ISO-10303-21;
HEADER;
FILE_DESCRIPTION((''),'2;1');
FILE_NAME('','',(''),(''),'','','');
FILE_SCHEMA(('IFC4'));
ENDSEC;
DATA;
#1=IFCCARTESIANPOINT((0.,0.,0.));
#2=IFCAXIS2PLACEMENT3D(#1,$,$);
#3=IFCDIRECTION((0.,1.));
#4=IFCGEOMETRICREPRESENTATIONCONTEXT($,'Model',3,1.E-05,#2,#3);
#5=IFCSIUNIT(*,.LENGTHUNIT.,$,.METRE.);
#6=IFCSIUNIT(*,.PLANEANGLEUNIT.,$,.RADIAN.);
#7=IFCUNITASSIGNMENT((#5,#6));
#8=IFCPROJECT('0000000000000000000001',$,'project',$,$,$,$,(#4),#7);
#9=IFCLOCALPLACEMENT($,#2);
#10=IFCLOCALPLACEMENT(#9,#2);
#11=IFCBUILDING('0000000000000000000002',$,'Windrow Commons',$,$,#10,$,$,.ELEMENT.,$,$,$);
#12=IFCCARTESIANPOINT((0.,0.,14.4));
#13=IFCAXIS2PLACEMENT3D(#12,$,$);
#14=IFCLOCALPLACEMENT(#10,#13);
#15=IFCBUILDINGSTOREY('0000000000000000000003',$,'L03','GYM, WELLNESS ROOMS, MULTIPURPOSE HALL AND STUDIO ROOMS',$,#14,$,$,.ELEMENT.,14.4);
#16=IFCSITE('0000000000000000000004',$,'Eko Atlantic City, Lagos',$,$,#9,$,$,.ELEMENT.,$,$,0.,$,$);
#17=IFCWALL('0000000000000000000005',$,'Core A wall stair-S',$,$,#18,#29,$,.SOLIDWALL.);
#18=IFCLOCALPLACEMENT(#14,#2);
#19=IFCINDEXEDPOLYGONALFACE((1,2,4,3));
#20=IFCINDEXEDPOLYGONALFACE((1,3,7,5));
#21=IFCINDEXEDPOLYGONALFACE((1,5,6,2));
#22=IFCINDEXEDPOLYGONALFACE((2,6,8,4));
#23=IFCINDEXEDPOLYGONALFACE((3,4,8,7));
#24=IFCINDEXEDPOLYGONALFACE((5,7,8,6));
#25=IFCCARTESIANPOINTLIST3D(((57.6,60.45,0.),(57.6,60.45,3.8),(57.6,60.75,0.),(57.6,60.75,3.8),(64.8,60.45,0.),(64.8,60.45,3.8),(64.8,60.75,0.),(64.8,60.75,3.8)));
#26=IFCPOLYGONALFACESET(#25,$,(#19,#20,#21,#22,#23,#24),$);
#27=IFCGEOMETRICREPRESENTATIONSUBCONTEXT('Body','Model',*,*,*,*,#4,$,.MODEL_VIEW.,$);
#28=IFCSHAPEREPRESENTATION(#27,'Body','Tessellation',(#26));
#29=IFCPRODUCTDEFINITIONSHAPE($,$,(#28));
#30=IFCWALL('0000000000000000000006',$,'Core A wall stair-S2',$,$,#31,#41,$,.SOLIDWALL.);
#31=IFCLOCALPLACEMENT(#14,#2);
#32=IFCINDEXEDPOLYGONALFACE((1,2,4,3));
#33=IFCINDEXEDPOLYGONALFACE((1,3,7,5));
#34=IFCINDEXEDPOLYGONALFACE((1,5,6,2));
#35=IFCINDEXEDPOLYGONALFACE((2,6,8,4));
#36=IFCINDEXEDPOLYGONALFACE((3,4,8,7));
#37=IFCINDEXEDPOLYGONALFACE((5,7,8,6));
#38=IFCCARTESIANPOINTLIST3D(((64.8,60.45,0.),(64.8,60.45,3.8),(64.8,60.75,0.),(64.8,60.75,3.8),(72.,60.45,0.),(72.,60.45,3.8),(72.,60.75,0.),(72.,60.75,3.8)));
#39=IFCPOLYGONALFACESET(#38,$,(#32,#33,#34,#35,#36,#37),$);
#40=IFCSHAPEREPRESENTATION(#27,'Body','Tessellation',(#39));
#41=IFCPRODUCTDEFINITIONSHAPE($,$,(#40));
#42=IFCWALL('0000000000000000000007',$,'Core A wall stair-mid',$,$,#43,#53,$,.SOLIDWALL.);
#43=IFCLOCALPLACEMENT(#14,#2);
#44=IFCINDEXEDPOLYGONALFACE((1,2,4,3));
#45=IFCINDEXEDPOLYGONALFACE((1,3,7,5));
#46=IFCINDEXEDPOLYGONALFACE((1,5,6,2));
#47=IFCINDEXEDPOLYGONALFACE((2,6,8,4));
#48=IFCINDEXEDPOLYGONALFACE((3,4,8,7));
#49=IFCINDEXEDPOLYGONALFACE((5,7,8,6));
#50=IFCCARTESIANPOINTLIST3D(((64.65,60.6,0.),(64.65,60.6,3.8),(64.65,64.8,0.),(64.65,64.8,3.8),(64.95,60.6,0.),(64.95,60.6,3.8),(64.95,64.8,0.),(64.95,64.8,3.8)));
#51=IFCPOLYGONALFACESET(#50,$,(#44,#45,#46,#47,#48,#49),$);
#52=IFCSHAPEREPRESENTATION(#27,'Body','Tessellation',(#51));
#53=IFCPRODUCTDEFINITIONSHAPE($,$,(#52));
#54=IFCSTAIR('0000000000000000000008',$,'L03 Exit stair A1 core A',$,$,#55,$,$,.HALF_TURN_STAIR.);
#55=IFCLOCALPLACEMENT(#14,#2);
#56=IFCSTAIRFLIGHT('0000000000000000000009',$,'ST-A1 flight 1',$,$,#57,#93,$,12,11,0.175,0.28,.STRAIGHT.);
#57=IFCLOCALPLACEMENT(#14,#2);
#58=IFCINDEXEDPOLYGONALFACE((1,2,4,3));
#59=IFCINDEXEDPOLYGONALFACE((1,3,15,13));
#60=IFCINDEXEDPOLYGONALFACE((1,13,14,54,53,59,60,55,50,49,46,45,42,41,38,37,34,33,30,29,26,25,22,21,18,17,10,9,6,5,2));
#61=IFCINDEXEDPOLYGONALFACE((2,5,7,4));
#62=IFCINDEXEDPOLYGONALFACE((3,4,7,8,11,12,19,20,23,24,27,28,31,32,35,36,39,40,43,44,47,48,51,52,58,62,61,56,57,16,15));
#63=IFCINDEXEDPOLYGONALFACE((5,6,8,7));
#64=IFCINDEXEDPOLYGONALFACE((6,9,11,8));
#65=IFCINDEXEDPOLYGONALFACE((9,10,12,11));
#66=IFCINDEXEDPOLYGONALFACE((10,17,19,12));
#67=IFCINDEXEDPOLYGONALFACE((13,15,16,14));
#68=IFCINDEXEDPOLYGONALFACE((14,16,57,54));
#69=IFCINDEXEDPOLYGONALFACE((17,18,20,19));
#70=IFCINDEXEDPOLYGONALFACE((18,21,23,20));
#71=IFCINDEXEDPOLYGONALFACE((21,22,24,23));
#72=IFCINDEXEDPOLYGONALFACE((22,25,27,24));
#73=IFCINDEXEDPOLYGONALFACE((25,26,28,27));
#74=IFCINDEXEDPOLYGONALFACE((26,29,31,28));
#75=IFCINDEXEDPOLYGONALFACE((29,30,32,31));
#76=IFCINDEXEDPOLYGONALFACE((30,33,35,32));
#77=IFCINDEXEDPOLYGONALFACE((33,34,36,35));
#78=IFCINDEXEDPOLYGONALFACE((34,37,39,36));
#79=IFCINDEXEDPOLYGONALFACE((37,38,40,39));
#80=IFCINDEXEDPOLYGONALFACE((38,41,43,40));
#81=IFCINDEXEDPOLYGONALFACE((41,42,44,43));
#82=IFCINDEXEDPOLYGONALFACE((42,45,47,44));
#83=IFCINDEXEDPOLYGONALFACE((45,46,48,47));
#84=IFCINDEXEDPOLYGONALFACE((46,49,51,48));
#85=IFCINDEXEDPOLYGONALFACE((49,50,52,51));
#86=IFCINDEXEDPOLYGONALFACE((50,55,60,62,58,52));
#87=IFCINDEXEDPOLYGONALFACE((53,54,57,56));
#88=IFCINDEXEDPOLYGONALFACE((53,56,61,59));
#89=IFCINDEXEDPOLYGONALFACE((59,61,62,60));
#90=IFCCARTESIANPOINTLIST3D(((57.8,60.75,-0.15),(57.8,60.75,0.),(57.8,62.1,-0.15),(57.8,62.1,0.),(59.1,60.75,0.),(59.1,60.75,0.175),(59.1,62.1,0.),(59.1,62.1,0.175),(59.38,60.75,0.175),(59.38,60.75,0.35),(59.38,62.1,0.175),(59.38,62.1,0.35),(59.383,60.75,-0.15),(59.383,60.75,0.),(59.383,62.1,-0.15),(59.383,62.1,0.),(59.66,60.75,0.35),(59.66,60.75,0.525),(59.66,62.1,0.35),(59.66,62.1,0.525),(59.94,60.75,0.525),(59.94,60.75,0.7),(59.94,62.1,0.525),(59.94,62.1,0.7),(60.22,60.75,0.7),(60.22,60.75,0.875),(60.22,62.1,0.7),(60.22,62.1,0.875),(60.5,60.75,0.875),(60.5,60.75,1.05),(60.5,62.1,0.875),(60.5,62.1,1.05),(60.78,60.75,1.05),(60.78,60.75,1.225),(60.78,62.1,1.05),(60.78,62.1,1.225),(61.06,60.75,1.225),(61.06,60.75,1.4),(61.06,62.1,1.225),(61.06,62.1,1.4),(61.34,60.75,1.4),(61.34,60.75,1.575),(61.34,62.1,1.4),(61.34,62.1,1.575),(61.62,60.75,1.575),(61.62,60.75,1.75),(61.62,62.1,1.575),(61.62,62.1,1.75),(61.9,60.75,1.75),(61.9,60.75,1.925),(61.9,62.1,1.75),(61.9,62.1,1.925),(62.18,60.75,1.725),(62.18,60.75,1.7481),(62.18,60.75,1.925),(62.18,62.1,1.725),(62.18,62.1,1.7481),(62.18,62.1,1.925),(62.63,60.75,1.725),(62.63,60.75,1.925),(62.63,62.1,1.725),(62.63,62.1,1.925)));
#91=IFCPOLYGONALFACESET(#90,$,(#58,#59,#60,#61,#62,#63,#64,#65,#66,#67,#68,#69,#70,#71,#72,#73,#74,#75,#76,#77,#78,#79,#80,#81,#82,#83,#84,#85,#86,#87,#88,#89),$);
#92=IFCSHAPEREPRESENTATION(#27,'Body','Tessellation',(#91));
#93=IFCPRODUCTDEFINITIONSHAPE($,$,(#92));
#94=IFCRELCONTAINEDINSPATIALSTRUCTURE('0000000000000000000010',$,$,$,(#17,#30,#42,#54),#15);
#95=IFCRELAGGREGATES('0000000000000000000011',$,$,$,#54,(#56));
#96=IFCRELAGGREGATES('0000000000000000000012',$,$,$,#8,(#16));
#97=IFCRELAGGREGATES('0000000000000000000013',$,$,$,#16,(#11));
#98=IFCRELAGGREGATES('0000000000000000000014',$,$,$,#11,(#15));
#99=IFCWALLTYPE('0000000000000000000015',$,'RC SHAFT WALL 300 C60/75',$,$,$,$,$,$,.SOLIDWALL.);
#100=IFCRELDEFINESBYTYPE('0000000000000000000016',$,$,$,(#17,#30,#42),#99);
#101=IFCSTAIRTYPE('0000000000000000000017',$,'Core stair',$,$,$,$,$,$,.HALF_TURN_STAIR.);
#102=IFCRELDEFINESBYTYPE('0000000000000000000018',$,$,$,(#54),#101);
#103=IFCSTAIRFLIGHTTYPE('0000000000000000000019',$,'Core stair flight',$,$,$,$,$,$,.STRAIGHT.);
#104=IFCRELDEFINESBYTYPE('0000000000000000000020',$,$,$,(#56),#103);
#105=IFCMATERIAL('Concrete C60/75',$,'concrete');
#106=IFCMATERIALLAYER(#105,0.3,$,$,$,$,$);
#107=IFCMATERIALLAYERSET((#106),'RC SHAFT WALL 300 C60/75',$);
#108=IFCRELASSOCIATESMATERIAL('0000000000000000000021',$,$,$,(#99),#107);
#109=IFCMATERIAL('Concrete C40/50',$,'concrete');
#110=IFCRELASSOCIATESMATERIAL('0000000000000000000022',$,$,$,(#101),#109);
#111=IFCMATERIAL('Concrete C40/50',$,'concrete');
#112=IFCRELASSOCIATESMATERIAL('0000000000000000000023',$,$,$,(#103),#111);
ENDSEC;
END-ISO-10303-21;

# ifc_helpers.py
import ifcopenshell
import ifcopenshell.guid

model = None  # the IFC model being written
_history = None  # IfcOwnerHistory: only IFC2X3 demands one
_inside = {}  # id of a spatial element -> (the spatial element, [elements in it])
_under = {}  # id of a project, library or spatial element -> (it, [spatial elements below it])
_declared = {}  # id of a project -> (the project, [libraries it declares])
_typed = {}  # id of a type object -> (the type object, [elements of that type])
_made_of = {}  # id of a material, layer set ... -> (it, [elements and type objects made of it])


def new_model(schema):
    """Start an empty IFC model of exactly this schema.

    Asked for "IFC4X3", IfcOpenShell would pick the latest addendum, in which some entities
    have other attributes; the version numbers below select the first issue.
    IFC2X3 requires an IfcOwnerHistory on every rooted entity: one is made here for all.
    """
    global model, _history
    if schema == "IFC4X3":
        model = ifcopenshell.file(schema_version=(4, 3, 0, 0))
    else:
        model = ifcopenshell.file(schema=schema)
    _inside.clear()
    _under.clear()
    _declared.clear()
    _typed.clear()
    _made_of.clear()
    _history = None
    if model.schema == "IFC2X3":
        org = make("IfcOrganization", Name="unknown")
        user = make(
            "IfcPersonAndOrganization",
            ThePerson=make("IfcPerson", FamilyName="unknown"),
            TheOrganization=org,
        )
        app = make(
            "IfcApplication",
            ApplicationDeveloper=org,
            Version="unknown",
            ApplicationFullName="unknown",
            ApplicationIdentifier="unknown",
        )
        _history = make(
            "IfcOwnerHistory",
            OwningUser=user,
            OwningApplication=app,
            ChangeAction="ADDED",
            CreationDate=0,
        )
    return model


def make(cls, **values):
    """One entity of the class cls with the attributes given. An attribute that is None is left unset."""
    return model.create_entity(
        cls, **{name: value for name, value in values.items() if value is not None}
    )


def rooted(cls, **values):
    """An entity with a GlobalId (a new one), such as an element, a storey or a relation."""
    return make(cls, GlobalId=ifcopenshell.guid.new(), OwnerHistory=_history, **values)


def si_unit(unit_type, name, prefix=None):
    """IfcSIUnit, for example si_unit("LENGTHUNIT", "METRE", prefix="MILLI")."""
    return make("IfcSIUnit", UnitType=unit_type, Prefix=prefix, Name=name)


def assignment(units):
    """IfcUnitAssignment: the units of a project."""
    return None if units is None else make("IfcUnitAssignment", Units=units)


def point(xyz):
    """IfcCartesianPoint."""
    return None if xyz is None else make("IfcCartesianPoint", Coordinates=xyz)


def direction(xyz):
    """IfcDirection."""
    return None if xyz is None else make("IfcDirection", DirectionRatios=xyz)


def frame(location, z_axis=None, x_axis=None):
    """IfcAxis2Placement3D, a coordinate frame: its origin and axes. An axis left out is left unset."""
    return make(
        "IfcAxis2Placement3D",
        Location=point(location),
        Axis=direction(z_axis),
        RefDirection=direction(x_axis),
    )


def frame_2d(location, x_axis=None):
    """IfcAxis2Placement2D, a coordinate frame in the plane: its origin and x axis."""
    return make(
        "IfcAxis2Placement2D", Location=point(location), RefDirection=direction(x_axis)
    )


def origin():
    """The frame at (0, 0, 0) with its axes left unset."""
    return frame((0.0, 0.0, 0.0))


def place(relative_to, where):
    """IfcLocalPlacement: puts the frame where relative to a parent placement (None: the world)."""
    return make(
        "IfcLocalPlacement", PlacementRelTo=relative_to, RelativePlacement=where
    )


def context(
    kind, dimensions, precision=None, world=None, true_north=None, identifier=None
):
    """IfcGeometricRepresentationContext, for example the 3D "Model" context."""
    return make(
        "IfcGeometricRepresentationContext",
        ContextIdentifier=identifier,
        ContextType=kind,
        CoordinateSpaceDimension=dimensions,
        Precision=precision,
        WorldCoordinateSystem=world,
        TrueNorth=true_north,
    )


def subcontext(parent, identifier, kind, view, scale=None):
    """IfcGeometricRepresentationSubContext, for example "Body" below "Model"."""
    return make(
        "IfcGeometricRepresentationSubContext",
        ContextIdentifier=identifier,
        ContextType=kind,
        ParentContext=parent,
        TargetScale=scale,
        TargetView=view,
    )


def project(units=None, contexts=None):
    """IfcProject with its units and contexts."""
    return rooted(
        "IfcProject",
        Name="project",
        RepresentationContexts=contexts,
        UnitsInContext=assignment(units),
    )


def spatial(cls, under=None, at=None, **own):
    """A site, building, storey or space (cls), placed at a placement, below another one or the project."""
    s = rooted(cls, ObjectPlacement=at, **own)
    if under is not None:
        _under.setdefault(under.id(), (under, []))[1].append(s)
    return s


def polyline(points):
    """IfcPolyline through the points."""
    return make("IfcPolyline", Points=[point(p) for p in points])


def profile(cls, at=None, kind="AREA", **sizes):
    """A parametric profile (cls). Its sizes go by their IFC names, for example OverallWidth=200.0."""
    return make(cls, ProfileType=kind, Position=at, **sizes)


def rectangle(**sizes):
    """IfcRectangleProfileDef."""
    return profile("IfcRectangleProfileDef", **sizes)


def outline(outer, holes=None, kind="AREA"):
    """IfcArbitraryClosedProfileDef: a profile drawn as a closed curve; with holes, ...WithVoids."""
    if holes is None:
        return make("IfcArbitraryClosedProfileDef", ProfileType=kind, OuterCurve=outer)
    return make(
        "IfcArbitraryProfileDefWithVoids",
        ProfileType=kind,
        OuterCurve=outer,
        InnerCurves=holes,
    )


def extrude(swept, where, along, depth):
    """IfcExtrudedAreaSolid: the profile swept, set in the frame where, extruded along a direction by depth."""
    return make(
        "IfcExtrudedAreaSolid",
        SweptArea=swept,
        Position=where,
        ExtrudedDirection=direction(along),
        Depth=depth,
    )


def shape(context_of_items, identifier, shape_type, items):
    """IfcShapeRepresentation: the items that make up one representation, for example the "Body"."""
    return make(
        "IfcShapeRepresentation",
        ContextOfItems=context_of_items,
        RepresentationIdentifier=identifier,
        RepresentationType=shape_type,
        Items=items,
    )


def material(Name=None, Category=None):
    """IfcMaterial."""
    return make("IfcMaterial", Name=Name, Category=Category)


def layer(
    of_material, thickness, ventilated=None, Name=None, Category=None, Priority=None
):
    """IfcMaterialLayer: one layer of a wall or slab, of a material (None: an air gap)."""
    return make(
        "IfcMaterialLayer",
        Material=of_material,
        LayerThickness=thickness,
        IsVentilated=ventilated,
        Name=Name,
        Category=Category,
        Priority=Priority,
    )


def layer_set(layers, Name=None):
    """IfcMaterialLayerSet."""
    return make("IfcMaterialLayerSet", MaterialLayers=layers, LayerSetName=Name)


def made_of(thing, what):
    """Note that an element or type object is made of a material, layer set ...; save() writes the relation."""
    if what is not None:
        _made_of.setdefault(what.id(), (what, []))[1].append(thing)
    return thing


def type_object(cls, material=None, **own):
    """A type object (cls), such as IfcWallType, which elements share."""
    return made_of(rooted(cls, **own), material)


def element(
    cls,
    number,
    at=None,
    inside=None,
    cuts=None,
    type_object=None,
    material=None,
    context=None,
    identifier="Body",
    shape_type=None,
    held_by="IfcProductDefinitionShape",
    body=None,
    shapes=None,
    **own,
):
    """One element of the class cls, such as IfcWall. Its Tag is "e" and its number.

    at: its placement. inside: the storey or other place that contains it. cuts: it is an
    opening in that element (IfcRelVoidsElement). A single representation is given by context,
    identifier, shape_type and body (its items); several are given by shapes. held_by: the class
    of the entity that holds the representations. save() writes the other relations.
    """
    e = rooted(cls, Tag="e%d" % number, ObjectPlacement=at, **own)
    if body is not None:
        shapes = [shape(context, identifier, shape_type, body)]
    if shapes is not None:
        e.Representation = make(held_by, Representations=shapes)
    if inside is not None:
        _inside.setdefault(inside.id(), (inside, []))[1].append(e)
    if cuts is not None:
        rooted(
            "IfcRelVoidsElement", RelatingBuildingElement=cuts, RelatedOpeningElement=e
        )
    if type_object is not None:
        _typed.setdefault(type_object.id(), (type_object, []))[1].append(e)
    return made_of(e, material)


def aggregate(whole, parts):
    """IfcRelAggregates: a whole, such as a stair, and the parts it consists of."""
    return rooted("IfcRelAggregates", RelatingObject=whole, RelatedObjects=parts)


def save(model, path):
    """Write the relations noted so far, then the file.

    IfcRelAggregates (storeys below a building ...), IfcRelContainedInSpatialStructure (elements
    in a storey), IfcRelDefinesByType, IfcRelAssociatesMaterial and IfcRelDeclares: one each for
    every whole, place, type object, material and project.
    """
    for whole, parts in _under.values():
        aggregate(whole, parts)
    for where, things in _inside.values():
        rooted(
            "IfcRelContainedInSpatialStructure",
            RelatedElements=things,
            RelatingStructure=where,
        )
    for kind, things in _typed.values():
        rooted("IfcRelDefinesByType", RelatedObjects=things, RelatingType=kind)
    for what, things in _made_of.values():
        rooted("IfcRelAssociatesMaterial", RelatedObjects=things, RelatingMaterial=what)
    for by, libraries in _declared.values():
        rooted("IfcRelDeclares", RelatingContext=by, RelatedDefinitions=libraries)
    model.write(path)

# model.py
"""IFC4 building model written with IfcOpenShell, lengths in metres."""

from ifc_helpers import new_model, si_unit, direction, frame, frame_2d, origin, place, context, subcontext, project, spatial, polyline, rectangle, outline, extrude, material, layer, layer_set, type_object, element, aggregate, save


model = new_model("IFC4")

# Units and contexts
model_context = context("Model", 3, precision=1e-05, world=origin(), true_north=direction((0.0, 1.0)))
body_context = subcontext(model_context, "Body", "Model", "MODEL_VIEW")
ifc_project = project(units=[si_unit("LENGTHUNIT", "METRE"), si_unit("PLANEANGLEUNIT", "RADIAN")], contexts=[model_context])

# Site, building, storey
site_placement = place(None, origin())
site = spatial("IfcSite", under=ifc_project, at=site_placement, Name="Eko Atlantic City, Lagos", CompositionType="ELEMENT", RefElevation=0.0)
building_placement = place(site_placement, origin())
building = spatial("IfcBuilding", under=site, at=building_placement, Name="Windrow Commons", CompositionType="ELEMENT")
storey_placement = place(building_placement, frame((0.0, 0.0, 14.4)))
storey = spatial("IfcBuildingStorey", under=building, at=storey_placement, Name="L03", Description="GYM, WELLNESS ROOMS, MULTIPURPOSE HALL AND STUDIO ROOMS", CompositionType="ELEMENT", Elevation=14.4)

# Shared definitions
ifc_material_1 = material(Name="Concrete C60/75", Category="concrete")
ifc_layer_1 = layer(ifc_material_1, 0.3)
ifc_layer_set_1 = layer_set([ifc_layer_1], Name="RC SHAFT WALL 300 C60/75")
wall_type_1 = type_object("IfcWallType", Name="RC SHAFT WALL 300 C60/75", PredefinedType="SOLIDWALL", material=ifc_layer_set_1)

# Walls
for number, where, z_axis, x_axis, name in (
    (1, (57.6, 60.6, 0.0), (0.0, 0.0, 1.0), (1.0, 0.0, 0.0), "Core A wall stair-S"),
    (2, (64.8, 60.6, 0.0), (0.0, 0.0, 1.0), (1.0, 0.0, 0.0), "Core A wall stair-S2"),
):
    element("IfcWall", number, at=place(storey_placement, frame(where, z_axis=z_axis, x_axis=x_axis)), inside=storey, type_object=wall_type_1, Name=name, PredefinedType="SOLIDWALL", context=body_context, shape_type="SweptSolid", body=[
        extrude(rectangle(XDim=7.2, YDim=0.3, at=frame_2d((3.6, 0.0))), origin(), (0.0, 0.0, 1.0), 3.8),
    ])
wall_1_placement = place(storey_placement, frame((64.8, 60.6, 0.0), z_axis=(0.0, 0.0, 1.0), x_axis=(0.0, 1.0, 0.0)))
element("IfcWall", 3, at=wall_1_placement, inside=storey, type_object=wall_type_1, Name="Core A wall stair-mid", PredefinedType="SOLIDWALL", context=body_context, shape_type="SweptSolid", body=[
    extrude(rectangle(XDim=4.2, YDim=0.3, at=frame_2d((2.1, 0.0))), origin(), (0.0, 0.0, 1.0), 3.8),
])

# Stair, stair flight
ifc_material_2 = material(Name="Concrete C40/50", Category="concrete")
stair_type = type_object("IfcStairType", Name="Core stair", PredefinedType="HALF_TURN_STAIR", material=ifc_material_2)
stair_placement = place(storey_placement, origin())
stair = element("IfcStair", 4, at=stair_placement, inside=storey, type_object=stair_type, Name="L03 Exit stair A1 core A", PredefinedType="HALF_TURN_STAIR")
ifc_material_3 = material(Name="Concrete C40/50", Category="concrete")
stair_flight_type = type_object("IfcStairFlightType", Name="Core stair flight", PredefinedType="STRAIGHT", material=ifc_material_3)
stair_flight_placement = place(storey_placement, frame((59.1, 61.425, 0.0), z_axis=(0.0, 0.0, 1.0), x_axis=(1.0, 0.0, 0.0)))
stair_flight = element("IfcStairFlight", 5, at=stair_flight_placement, type_object=stair_flight_type, Name="ST-A1 flight 1", NumberOfRisers=12, NumberOfTreads=11, PredefinedType="STRAIGHT", RiserHeight=0.175, TreadLength=0.28, context=body_context, shape_type="SweptSolid", body=[
    extrude(outline(polyline([(-1.3, -0.15), (-1.3, 0.0), (0.0, 0.0), (0.0, 0.175), (0.28, 0.175), (0.28, 0.35), (0.56, 0.35), (0.56, 0.525), (0.84, 0.525), (0.84, 0.7), (1.12, 0.7), (1.12, 0.875), (1.4, 0.875), (1.4, 1.05), (1.68, 1.05), (1.68, 1.225), (1.96, 1.225), (1.96, 1.4), (2.24, 1.4), (2.24, 1.575), (2.52, 1.575), (2.52, 1.75), (2.8, 1.75), (2.8, 1.925), (3.08, 1.925), (3.53, 1.925), (3.53, 1.725), (3.08, 1.725), (3.08, 1.7481), (0.283, 0.0), (0.283, -0.15), (-1.3, -0.15)])), frame((0.0, 0.675, 0.0), z_axis=(0.0, -1.0, 0.0), x_axis=(1.0, 0.0, 0.0)), (0.0, 0.0, 1.0), 1.35),
])
aggregate(stair, [stair_flight])

save(model, "model.ifc")
